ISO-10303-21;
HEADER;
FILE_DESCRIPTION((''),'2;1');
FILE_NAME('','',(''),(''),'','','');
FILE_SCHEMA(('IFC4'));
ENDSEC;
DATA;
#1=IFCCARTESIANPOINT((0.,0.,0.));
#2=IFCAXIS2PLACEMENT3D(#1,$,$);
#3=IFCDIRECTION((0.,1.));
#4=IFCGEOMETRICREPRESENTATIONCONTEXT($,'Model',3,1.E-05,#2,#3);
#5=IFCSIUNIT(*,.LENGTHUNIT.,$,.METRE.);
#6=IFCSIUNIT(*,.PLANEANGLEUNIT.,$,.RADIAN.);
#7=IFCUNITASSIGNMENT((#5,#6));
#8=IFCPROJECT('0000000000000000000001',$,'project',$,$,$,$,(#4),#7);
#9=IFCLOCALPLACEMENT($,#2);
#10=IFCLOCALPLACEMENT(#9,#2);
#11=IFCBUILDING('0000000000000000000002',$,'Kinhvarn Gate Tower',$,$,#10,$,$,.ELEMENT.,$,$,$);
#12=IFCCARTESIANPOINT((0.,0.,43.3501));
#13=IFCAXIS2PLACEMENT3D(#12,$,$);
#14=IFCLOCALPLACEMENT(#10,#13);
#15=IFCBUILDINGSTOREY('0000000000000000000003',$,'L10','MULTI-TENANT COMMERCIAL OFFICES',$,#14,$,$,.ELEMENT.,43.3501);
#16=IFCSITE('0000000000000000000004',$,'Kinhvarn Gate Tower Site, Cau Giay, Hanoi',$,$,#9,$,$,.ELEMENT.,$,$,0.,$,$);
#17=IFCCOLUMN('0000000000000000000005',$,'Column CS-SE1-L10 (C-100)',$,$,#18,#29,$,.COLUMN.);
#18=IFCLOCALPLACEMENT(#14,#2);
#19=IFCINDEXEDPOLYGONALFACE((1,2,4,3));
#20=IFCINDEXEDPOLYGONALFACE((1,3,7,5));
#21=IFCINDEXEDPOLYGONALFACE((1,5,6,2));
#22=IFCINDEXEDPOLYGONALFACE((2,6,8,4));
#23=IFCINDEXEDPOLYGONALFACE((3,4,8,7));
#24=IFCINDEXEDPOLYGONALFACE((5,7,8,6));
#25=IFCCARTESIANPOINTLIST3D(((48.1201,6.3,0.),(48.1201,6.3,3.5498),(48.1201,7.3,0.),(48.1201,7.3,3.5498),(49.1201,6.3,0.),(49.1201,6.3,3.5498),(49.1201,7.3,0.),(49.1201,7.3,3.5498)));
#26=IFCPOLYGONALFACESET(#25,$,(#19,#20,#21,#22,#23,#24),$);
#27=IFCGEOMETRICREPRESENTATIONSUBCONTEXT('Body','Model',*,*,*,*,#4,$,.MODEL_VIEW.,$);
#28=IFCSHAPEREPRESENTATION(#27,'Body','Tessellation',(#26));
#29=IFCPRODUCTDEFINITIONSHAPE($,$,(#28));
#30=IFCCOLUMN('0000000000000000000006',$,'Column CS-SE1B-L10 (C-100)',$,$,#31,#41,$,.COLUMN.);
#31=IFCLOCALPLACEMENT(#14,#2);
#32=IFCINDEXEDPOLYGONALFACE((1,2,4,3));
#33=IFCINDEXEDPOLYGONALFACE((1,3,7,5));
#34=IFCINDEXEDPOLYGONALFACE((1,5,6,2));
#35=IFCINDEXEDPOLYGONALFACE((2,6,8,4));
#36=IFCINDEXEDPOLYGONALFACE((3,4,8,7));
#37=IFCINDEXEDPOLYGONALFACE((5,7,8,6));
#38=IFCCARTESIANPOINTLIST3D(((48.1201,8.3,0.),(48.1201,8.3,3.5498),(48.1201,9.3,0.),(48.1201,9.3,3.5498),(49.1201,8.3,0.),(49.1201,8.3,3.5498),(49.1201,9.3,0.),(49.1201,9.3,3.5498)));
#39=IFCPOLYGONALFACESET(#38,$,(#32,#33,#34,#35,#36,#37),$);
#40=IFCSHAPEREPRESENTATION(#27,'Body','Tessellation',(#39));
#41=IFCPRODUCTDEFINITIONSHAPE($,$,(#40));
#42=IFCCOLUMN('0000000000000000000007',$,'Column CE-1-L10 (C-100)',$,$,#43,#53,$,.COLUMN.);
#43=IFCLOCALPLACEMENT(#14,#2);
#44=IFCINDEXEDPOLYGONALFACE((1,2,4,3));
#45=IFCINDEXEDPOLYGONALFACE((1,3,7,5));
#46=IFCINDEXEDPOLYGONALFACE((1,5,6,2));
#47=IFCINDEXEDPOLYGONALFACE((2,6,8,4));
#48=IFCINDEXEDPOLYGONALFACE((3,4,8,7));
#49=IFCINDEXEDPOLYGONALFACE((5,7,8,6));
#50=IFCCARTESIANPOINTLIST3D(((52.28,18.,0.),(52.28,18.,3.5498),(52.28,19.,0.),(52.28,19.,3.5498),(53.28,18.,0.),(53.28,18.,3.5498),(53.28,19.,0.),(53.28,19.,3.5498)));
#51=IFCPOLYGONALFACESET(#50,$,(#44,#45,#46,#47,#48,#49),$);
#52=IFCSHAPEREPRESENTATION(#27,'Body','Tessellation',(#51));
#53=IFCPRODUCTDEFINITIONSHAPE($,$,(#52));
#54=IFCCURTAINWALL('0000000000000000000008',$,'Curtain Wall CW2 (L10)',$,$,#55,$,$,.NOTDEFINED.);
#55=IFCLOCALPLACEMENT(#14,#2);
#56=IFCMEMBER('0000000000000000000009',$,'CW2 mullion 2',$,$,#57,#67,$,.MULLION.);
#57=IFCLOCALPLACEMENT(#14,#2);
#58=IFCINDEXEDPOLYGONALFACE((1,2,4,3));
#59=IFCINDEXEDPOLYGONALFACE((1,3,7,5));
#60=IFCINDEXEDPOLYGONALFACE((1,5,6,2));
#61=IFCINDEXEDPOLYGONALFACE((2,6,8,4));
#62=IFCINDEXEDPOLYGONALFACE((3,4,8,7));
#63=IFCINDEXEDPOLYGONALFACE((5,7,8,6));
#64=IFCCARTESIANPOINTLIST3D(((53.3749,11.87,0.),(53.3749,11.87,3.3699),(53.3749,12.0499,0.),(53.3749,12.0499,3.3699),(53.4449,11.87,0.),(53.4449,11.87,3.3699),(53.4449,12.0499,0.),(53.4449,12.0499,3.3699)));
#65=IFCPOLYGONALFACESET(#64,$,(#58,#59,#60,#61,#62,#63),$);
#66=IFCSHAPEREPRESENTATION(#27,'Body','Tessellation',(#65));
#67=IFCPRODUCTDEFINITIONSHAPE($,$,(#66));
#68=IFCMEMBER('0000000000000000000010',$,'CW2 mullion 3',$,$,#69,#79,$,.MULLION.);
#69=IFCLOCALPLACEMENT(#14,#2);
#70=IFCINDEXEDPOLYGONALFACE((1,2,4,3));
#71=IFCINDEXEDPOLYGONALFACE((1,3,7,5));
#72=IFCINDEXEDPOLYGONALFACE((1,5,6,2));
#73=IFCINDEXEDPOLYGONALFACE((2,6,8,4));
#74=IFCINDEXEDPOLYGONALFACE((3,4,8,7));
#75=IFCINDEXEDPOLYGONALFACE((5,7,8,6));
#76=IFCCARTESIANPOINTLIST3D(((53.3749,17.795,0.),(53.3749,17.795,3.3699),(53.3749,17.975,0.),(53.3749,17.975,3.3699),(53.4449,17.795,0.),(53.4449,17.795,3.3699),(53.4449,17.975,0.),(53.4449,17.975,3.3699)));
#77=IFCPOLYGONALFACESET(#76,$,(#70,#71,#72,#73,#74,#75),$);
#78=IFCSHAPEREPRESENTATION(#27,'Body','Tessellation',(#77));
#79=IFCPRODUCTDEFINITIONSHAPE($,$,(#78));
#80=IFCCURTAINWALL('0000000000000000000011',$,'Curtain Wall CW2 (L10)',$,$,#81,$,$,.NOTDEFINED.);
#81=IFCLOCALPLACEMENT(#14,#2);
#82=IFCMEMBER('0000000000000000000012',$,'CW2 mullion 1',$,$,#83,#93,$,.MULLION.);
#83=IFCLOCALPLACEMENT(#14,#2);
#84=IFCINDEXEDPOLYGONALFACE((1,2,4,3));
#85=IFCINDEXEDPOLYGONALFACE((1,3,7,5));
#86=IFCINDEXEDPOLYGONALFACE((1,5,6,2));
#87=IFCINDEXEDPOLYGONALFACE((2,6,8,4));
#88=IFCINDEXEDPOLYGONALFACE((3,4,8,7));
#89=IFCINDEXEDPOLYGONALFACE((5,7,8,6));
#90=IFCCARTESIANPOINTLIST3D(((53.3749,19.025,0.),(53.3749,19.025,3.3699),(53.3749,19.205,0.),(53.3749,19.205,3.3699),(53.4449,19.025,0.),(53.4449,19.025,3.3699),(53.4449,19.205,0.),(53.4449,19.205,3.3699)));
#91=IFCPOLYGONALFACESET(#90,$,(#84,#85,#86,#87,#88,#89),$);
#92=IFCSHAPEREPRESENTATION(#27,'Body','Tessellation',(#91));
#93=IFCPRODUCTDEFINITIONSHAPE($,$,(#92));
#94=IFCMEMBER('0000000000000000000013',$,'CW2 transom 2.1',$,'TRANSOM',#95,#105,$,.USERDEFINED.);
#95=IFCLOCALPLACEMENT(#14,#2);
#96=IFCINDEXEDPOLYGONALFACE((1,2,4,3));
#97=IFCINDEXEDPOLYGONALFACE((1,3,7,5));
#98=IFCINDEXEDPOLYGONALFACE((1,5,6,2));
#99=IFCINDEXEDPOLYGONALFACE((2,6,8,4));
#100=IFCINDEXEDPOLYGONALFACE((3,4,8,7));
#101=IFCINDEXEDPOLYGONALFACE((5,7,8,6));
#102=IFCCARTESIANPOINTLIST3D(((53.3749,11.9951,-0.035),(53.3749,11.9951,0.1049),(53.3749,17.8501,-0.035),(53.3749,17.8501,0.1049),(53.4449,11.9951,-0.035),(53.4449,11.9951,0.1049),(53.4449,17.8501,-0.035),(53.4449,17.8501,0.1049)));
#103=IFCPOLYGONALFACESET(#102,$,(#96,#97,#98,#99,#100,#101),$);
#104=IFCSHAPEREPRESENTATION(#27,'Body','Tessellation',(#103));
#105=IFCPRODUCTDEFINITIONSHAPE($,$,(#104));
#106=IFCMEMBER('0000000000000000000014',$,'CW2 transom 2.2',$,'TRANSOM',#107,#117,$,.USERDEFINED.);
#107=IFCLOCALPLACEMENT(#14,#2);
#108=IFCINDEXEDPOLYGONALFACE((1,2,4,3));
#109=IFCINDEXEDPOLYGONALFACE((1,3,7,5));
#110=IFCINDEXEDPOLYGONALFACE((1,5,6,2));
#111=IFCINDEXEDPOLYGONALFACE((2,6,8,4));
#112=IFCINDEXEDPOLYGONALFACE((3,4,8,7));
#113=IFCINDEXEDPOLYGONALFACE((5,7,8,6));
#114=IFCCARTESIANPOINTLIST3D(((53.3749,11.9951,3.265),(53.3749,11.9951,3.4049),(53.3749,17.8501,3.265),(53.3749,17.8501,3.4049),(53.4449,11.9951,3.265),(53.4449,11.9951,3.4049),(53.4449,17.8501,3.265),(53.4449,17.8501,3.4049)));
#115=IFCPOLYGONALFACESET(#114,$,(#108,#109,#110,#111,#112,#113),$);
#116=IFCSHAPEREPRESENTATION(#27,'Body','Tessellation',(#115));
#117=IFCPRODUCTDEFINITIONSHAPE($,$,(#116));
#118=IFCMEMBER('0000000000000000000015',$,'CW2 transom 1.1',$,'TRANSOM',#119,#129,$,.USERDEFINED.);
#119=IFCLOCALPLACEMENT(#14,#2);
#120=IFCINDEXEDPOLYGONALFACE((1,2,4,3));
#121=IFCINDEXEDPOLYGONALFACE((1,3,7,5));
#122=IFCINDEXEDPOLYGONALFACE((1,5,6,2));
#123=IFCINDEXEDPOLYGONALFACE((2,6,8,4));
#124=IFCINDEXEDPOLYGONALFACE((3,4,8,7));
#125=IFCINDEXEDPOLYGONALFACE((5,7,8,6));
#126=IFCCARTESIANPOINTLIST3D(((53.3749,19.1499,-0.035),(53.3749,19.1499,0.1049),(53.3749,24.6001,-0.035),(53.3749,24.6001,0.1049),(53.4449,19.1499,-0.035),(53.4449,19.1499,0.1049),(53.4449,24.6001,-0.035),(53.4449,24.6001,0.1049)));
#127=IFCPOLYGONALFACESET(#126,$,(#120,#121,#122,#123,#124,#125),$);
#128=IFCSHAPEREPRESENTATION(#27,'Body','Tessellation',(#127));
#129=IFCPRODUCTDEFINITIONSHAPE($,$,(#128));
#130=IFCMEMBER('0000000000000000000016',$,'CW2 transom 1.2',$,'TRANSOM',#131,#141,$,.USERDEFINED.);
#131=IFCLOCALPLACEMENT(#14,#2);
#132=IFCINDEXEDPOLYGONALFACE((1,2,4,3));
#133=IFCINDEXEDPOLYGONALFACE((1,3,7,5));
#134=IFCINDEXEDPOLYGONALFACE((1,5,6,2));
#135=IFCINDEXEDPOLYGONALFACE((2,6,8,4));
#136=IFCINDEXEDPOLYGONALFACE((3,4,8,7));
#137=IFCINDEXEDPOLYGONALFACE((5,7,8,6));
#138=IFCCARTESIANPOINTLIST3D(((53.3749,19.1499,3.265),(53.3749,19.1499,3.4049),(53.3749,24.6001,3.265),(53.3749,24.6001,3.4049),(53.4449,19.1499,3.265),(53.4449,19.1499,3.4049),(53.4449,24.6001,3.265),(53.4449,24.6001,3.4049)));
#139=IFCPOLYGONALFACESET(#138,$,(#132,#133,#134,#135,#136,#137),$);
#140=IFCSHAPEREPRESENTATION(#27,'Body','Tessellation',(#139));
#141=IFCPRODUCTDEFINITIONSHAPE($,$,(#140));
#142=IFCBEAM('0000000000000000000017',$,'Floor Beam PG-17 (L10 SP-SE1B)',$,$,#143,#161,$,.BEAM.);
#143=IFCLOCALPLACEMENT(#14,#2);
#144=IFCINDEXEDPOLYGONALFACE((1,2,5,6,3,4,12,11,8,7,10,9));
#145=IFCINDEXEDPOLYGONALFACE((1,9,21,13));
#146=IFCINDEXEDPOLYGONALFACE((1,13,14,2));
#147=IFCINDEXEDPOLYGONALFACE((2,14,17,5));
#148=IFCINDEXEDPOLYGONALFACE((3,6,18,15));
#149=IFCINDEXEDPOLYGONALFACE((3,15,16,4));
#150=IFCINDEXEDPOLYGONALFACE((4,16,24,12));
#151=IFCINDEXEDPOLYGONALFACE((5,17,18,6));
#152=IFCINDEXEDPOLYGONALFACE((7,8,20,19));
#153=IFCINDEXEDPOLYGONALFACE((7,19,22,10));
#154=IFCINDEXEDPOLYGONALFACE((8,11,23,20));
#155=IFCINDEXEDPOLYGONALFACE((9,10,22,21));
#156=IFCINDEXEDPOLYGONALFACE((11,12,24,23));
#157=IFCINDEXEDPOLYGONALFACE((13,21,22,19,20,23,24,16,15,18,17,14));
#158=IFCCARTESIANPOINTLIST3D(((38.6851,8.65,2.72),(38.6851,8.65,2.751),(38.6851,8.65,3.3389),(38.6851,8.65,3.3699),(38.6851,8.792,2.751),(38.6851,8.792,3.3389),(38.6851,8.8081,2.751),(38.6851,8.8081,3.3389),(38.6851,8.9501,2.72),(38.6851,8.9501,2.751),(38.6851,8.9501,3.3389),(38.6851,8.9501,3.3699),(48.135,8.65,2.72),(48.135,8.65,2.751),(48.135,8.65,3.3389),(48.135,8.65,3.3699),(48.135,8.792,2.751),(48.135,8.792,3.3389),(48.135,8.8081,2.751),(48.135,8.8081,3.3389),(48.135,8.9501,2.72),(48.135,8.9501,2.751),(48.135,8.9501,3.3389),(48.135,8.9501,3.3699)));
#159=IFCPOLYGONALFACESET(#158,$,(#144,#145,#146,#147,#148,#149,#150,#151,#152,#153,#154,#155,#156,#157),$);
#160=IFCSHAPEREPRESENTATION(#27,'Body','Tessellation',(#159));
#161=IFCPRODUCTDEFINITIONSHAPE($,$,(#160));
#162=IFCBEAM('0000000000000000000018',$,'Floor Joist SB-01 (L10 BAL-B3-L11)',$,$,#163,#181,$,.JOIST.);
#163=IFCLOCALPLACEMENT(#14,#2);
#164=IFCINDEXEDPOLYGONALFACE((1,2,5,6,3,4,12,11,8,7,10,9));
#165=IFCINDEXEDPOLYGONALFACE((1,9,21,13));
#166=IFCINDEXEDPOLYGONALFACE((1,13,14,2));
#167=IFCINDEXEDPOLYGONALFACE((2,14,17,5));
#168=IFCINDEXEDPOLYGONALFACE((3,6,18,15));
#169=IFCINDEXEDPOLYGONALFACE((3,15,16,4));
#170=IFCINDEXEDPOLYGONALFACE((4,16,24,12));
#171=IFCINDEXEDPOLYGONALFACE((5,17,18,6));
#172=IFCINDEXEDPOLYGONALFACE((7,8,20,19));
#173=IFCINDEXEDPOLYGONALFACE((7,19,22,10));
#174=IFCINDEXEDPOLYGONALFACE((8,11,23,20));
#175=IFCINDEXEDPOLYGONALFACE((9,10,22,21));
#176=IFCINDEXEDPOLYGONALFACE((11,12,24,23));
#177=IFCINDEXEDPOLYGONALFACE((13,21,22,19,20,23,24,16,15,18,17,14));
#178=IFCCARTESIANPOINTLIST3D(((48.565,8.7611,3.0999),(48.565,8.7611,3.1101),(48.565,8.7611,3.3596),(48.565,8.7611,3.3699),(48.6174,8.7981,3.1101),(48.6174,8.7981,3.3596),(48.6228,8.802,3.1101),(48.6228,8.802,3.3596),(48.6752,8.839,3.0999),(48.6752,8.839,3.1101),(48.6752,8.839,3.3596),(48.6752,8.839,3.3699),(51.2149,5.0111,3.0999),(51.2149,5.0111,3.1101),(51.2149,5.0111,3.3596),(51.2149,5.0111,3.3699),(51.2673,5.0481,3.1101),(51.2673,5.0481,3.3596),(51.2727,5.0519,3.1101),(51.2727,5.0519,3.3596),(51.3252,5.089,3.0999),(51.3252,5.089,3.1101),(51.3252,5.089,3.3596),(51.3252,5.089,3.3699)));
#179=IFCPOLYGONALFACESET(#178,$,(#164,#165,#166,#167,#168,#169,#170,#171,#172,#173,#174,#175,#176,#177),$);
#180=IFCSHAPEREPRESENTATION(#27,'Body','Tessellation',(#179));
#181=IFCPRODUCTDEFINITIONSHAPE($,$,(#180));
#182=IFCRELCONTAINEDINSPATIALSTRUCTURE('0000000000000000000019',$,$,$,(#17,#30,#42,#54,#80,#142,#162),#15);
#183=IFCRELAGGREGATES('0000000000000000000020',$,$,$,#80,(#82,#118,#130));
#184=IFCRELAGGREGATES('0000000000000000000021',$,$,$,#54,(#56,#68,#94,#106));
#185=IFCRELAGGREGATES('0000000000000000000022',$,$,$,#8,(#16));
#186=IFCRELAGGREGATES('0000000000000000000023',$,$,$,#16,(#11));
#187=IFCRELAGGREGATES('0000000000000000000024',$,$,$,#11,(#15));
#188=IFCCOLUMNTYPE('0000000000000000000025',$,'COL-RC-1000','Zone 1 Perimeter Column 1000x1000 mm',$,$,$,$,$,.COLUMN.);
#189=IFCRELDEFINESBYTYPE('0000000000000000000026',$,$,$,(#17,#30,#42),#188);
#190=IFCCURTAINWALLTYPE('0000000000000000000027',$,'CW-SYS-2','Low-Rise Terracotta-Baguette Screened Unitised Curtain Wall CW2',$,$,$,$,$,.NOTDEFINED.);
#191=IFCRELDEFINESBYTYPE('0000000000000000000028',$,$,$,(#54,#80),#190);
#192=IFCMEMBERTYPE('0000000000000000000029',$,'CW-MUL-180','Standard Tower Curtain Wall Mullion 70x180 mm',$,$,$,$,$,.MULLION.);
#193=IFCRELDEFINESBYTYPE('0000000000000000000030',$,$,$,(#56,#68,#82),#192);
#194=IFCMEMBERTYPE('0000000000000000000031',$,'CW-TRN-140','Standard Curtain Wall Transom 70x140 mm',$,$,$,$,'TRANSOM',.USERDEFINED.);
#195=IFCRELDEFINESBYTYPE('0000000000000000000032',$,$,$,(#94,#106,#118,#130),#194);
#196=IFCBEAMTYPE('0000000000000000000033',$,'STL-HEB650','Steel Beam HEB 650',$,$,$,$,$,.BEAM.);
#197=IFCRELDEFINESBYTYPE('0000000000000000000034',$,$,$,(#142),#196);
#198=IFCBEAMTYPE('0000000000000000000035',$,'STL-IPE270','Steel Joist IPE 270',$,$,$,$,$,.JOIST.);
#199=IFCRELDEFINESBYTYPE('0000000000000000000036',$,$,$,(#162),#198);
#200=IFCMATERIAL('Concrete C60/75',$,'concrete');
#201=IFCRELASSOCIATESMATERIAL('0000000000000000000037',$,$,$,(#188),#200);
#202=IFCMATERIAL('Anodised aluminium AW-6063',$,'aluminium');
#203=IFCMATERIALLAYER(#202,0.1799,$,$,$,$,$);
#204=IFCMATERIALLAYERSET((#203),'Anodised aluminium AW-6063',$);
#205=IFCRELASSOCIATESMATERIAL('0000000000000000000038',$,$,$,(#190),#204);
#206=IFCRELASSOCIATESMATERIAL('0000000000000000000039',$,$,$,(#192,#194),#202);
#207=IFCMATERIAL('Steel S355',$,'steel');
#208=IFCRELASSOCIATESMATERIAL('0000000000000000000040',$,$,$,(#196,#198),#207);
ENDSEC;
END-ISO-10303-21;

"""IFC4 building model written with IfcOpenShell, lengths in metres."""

from ifc_helpers import new_model, si_unit, direction, frame, origin, origin_2d, place, context, subcontext, project, spatial, rectangle, i_section, extrude, material, layer, layer_set, material_profile, profile_set, type_object, element, aggregate, save


model = new_model("IFC4")

# Units and contexts
model_context = context("Model", 3, precision=1e-05, world=origin(), true_north=direction((0.0, 1.0)))
body_context = subcontext(model_context, "Body", "Model", "MODEL_VIEW")
ifc_project = project(units=[si_unit("LENGTHUNIT", "METRE"), si_unit("PLANEANGLEUNIT", "RADIAN")], contexts=[model_context])

# Site, building, storey
site_placement = place(None, origin())
site = spatial("IfcSite", under=ifc_project, at=site_placement, Name="Kinhvarn Gate Tower Site, Cau Giay, Hanoi", CompositionType="ELEMENT", RefElevation=0.0)
building_placement = place(site_placement, origin())
building = spatial("IfcBuilding", under=site, at=building_placement, Name="Kinhvarn Gate Tower", CompositionType="ELEMENT")
storey_placement = place(building_placement, frame((0.0, 0.0, 43.3501)))
storey = spatial("IfcBuildingStorey", under=building, at=storey_placement, Name="L10", Description="MULTI-TENANT COMMERCIAL OFFICES", CompositionType="ELEMENT", Elevation=43.3501)

# Columns
ifc_material_1 = material(Name="Concrete C60/75", Category="concrete")
ifc_material_profile_1 = material_profile(ifc_material_1, rectangle(XDim=1.0, YDim=1.0, at=origin_2d()), Name="RC 1000x1000")
ifc_profile_set_1 = profile_set([ifc_material_profile_1], Name="Concrete C60/75")
column_type = type_object("IfcColumnType", Name="COL-RC-1000", Description="Zone 1 Perimeter Column 1000x1000 mm", PredefinedType="COLUMN", material=ifc_profile_set_1)
for number, where, z_axis, x_axis, name in (
    (1, (48.6201, 6.8, 0.0), (0.0, 0.0, 1.0), (1.0, 0.0, 0.0), "Column CS-SE1-L10 (C-100)"),
    (2, (48.6201, 8.8, 0.0), (0.0, 0.0, 1.0), (1.0, 0.0, 0.0), "Column CS-SE1B-L10 (C-100)"),
    (3, (52.78, 18.5, 0.0), (0.0, 0.0, 1.0), (1.0, 0.0, 0.0), "Column CE-1-L10 (C-100)"),
):
    element("IfcColumn", number, at=place(storey_placement, frame(where, z_axis=z_axis, x_axis=x_axis)), inside=storey, type_object=column_type, Name=name, PredefinedType="COLUMN", context=body_context, shape_type="SweptSolid", body=[
        extrude(rectangle(XDim=1.0, YDim=1.0, at=origin_2d()), origin(), (0.0, 0.0, 1.0), 3.5498),
    ])

# Curtain wall, members
ifc_material_2 = material(Name="Anodised aluminium AW-6063", Category="aluminium")
ifc_layer_1 = layer(ifc_material_2, 0.1799)
ifc_layer_set_1 = layer_set([ifc_layer_1], Name="Anodised aluminium AW-6063")
curtain_wall_type = type_object("IfcCurtainWallType", Name="CW-SYS-2", Description="Low-Rise Terracotta-Baguette Screened Unitised Curtain Wall CW2", PredefinedType="NOTDEFINED", material=ifc_layer_set_1)
curtain_wall_1_placement = place(storey_placement, origin())
curtain_wall_1 = element("IfcCurtainWall", 4, at=curtain_wall_1_placement, inside=storey, type_object=curtain_wall_type, Name="Curtain Wall CW2 (L10)", PredefinedType="NOTDEFINED")
ifc_material_profile_2 = material_profile(ifc_material_2, rectangle(XDim=0.0701, YDim=0.1799, at=origin_2d()), Name="ALU 70x180")
ifc_profile_set_2 = profile_set([ifc_material_profile_2], Name="Anodised aluminium AW-6063")
member_type_1 = type_object("IfcMemberType", Name="CW-MUL-180", Description="Standard Tower Curtain Wall Mullion 70x180 mm", PredefinedType="MULLION", material=ifc_profile_set_2)
member_1_placement = place(storey_placement, frame((53.4099, 11.96, 0.0), z_axis=(0.0, 0.0, 1.0), x_axis=(-1.0, 0.0, 0.0)))
member_1 = element("IfcMember", 5, at=member_1_placement, type_object=member_type_1, Name="CW2 mullion 2", PredefinedType="MULLION", context=body_context, shape_type="SweptSolid", body=[
    extrude(rectangle(XDim=0.0701, YDim=0.1799, at=origin_2d()), origin(), (0.0, 0.0, 1.0), 3.3699),
])
member_2_placement = place(storey_placement, frame((53.4099, 17.885, 0.0), z_axis=(0.0, 0.0, 1.0), x_axis=(-1.0, 0.0, 0.0)))
member_2 = element("IfcMember", 6, at=member_2_placement, type_object=member_type_1, Name="CW2 mullion 3", PredefinedType="MULLION", context=body_context, shape_type="SweptSolid", body=[
    extrude(rectangle(XDim=0.0701, YDim=0.1799, at=origin_2d()), origin(), (0.0, 0.0, 1.0), 3.3699),
])

# Curtain wall, member
curtain_wall_2_placement = place(storey_placement, origin())
curtain_wall_2 = element("IfcCurtainWall", 7, at=curtain_wall_2_placement, inside=storey, type_object=curtain_wall_type, Name="Curtain Wall CW2 (L10)", PredefinedType="NOTDEFINED")
member_3_placement = place(storey_placement, frame((53.4099, 19.115, 0.0), z_axis=(0.0, 0.0, 1.0), x_axis=(-1.0, 0.0, 0.0)))
member_3 = element("IfcMember", 8, at=member_3_placement, type_object=member_type_1, Name="CW2 mullion 1", PredefinedType="MULLION", context=body_context, shape_type="SweptSolid", body=[
    extrude(rectangle(XDim=0.0701, YDim=0.1799, at=origin_2d()), origin(), (0.0, 0.0, 1.0), 3.3699),
])

# Members
ifc_material_profile_3 = material_profile(ifc_material_2, rectangle(XDim=0.0701, YDim=0.1399, at=origin_2d()), Name="ALU 70x140")
ifc_profile_set_3 = profile_set([ifc_material_profile_3], Name="Anodised aluminium AW-6063")
member_type_2 = type_object("IfcMemberType", Name="CW-TRN-140", Description="Standard Curtain Wall Transom 70x140 mm", ElementType="TRANSOM", PredefinedType="USERDEFINED", material=ifc_profile_set_3)
member_4_placement = place(storey_placement, frame((53.4099, 11.9951, 0.0349), z_axis=(0.0, 1.0, 0.0), x_axis=(-1.0, 0.0, 0.0)))
member_4 = element("IfcMember", 9, at=member_4_placement, type_object=member_type_2, Name="CW2 transom 2.1", ObjectType="TRANSOM", PredefinedType="USERDEFINED", context=body_context, shape_type="SweptSolid", body=[
    extrude(rectangle(XDim=0.0701, YDim=0.1399, at=origin_2d()), origin(), (0.0, 0.0, 1.0), 5.855),
])
member_5_placement = place(storey_placement, frame((53.4099, 11.9951, 3.335), z_axis=(0.0, 1.0, 0.0), x_axis=(-1.0, 0.0, 0.0)))
member_5 = element("IfcMember", 10, at=member_5_placement, type_object=member_type_2, Name="CW2 transom 2.2", ObjectType="TRANSOM", PredefinedType="USERDEFINED", context=body_context, shape_type="SweptSolid", body=[
    extrude(rectangle(XDim=0.0701, YDim=0.1399, at=origin_2d()), origin(), (0.0, 0.0, 1.0), 5.855),
])
member_6_placement = place(storey_placement, frame((53.4099, 19.1499, 0.0349), z_axis=(0.0, 1.0, 0.0), x_axis=(-1.0, 0.0, 0.0)))
member_6 = element("IfcMember", 11, at=member_6_placement, type_object=member_type_2, Name="CW2 transom 1.1", ObjectType="TRANSOM", PredefinedType="USERDEFINED", context=body_context, shape_type="SweptSolid", body=[
    extrude(rectangle(XDim=0.0701, YDim=0.1399, at=origin_2d()), origin(), (0.0, 0.0, 1.0), 5.4502),
])
member_7_placement = place(storey_placement, frame((53.4099, 19.1499, 3.335), z_axis=(0.0, 1.0, 0.0), x_axis=(-1.0, 0.0, 0.0)))
member_7 = element("IfcMember", 12, at=member_7_placement, type_object=member_type_2, Name="CW2 transom 1.2", ObjectType="TRANSOM", PredefinedType="USERDEFINED", context=body_context, shape_type="SweptSolid", body=[
    extrude(rectangle(XDim=0.0701, YDim=0.1399, at=origin_2d()), origin(), (0.0, 0.0, 1.0), 5.4502),
])
aggregate(curtain_wall_2, [member_3, member_6, member_7])

# Beams
ifc_material_3 = material(Name="Steel S355", Category="steel")
ifc_material_profile_4 = material_profile(ifc_material_3, i_section(OverallWidth=0.3, OverallDepth=0.6499, WebThickness=0.0161, FlangeThickness=0.031, at=origin_2d()), Name="HEB 650")
ifc_profile_set_4 = profile_set([ifc_material_profile_4], Name="Steel S355")
beam_type_1 = type_object("IfcBeamType", Name="STL-HEB650", Description="Steel Beam HEB 650", PredefinedType="BEAM", material=ifc_profile_set_4)
beam_1_placement = place(storey_placement, frame((38.6851, 8.8, 3.0449), z_axis=(1.0, 0.0, 0.0), x_axis=(0.0, 1.0, 0.0)))
element("IfcBeam", 13, at=beam_1_placement, inside=storey, type_object=beam_type_1, Name="Floor Beam PG-17 (L10 SP-SE1B)", PredefinedType="BEAM", context=body_context, shape_type="SweptSolid", body=[
    extrude(i_section(OverallWidth=0.3, OverallDepth=0.6499, WebThickness=0.0161, FlangeThickness=0.031, at=origin_2d()), origin(), (0.0, 0.0, 1.0), 9.45),
])
ifc_material_profile_5 = material_profile(ifc_material_3, i_section(OverallWidth=0.135, OverallDepth=0.27, WebThickness=0.0066, FlangeThickness=0.0103, at=origin_2d()), Name="IPE 270")
ifc_profile_set_5 = profile_set([ifc_material_profile_5], Name="Steel S355")
beam_type_2 = type_object("IfcBeamType", Name="STL-IPE270", Description="Steel Joist IPE 270", PredefinedType="JOIST", material=ifc_profile_set_5)
beam_2_placement = place(storey_placement, frame((48.6201, 8.8, 3.2349), z_axis=(0.577096, -0.816676, 0.0), x_axis=(0.816676, 0.577096, 0.0)))
element("IfcBeam", 14, at=beam_2_placement, inside=storey, type_object=beam_type_2, Name="Floor Joist SB-01 (L10 BAL-B3-L11)", PredefinedType="JOIST", context=body_context, shape_type="SweptSolid", body=[
    extrude(i_section(OverallWidth=0.135, OverallDepth=0.27, WebThickness=0.0066, FlangeThickness=0.0103, at=origin_2d()), origin(), (0.0, 0.0, 1.0), 4.5918),
])

aggregate(curtain_wall_1, [member_1, member_2, member_4, member_5])

save(model, "model.ifc")
